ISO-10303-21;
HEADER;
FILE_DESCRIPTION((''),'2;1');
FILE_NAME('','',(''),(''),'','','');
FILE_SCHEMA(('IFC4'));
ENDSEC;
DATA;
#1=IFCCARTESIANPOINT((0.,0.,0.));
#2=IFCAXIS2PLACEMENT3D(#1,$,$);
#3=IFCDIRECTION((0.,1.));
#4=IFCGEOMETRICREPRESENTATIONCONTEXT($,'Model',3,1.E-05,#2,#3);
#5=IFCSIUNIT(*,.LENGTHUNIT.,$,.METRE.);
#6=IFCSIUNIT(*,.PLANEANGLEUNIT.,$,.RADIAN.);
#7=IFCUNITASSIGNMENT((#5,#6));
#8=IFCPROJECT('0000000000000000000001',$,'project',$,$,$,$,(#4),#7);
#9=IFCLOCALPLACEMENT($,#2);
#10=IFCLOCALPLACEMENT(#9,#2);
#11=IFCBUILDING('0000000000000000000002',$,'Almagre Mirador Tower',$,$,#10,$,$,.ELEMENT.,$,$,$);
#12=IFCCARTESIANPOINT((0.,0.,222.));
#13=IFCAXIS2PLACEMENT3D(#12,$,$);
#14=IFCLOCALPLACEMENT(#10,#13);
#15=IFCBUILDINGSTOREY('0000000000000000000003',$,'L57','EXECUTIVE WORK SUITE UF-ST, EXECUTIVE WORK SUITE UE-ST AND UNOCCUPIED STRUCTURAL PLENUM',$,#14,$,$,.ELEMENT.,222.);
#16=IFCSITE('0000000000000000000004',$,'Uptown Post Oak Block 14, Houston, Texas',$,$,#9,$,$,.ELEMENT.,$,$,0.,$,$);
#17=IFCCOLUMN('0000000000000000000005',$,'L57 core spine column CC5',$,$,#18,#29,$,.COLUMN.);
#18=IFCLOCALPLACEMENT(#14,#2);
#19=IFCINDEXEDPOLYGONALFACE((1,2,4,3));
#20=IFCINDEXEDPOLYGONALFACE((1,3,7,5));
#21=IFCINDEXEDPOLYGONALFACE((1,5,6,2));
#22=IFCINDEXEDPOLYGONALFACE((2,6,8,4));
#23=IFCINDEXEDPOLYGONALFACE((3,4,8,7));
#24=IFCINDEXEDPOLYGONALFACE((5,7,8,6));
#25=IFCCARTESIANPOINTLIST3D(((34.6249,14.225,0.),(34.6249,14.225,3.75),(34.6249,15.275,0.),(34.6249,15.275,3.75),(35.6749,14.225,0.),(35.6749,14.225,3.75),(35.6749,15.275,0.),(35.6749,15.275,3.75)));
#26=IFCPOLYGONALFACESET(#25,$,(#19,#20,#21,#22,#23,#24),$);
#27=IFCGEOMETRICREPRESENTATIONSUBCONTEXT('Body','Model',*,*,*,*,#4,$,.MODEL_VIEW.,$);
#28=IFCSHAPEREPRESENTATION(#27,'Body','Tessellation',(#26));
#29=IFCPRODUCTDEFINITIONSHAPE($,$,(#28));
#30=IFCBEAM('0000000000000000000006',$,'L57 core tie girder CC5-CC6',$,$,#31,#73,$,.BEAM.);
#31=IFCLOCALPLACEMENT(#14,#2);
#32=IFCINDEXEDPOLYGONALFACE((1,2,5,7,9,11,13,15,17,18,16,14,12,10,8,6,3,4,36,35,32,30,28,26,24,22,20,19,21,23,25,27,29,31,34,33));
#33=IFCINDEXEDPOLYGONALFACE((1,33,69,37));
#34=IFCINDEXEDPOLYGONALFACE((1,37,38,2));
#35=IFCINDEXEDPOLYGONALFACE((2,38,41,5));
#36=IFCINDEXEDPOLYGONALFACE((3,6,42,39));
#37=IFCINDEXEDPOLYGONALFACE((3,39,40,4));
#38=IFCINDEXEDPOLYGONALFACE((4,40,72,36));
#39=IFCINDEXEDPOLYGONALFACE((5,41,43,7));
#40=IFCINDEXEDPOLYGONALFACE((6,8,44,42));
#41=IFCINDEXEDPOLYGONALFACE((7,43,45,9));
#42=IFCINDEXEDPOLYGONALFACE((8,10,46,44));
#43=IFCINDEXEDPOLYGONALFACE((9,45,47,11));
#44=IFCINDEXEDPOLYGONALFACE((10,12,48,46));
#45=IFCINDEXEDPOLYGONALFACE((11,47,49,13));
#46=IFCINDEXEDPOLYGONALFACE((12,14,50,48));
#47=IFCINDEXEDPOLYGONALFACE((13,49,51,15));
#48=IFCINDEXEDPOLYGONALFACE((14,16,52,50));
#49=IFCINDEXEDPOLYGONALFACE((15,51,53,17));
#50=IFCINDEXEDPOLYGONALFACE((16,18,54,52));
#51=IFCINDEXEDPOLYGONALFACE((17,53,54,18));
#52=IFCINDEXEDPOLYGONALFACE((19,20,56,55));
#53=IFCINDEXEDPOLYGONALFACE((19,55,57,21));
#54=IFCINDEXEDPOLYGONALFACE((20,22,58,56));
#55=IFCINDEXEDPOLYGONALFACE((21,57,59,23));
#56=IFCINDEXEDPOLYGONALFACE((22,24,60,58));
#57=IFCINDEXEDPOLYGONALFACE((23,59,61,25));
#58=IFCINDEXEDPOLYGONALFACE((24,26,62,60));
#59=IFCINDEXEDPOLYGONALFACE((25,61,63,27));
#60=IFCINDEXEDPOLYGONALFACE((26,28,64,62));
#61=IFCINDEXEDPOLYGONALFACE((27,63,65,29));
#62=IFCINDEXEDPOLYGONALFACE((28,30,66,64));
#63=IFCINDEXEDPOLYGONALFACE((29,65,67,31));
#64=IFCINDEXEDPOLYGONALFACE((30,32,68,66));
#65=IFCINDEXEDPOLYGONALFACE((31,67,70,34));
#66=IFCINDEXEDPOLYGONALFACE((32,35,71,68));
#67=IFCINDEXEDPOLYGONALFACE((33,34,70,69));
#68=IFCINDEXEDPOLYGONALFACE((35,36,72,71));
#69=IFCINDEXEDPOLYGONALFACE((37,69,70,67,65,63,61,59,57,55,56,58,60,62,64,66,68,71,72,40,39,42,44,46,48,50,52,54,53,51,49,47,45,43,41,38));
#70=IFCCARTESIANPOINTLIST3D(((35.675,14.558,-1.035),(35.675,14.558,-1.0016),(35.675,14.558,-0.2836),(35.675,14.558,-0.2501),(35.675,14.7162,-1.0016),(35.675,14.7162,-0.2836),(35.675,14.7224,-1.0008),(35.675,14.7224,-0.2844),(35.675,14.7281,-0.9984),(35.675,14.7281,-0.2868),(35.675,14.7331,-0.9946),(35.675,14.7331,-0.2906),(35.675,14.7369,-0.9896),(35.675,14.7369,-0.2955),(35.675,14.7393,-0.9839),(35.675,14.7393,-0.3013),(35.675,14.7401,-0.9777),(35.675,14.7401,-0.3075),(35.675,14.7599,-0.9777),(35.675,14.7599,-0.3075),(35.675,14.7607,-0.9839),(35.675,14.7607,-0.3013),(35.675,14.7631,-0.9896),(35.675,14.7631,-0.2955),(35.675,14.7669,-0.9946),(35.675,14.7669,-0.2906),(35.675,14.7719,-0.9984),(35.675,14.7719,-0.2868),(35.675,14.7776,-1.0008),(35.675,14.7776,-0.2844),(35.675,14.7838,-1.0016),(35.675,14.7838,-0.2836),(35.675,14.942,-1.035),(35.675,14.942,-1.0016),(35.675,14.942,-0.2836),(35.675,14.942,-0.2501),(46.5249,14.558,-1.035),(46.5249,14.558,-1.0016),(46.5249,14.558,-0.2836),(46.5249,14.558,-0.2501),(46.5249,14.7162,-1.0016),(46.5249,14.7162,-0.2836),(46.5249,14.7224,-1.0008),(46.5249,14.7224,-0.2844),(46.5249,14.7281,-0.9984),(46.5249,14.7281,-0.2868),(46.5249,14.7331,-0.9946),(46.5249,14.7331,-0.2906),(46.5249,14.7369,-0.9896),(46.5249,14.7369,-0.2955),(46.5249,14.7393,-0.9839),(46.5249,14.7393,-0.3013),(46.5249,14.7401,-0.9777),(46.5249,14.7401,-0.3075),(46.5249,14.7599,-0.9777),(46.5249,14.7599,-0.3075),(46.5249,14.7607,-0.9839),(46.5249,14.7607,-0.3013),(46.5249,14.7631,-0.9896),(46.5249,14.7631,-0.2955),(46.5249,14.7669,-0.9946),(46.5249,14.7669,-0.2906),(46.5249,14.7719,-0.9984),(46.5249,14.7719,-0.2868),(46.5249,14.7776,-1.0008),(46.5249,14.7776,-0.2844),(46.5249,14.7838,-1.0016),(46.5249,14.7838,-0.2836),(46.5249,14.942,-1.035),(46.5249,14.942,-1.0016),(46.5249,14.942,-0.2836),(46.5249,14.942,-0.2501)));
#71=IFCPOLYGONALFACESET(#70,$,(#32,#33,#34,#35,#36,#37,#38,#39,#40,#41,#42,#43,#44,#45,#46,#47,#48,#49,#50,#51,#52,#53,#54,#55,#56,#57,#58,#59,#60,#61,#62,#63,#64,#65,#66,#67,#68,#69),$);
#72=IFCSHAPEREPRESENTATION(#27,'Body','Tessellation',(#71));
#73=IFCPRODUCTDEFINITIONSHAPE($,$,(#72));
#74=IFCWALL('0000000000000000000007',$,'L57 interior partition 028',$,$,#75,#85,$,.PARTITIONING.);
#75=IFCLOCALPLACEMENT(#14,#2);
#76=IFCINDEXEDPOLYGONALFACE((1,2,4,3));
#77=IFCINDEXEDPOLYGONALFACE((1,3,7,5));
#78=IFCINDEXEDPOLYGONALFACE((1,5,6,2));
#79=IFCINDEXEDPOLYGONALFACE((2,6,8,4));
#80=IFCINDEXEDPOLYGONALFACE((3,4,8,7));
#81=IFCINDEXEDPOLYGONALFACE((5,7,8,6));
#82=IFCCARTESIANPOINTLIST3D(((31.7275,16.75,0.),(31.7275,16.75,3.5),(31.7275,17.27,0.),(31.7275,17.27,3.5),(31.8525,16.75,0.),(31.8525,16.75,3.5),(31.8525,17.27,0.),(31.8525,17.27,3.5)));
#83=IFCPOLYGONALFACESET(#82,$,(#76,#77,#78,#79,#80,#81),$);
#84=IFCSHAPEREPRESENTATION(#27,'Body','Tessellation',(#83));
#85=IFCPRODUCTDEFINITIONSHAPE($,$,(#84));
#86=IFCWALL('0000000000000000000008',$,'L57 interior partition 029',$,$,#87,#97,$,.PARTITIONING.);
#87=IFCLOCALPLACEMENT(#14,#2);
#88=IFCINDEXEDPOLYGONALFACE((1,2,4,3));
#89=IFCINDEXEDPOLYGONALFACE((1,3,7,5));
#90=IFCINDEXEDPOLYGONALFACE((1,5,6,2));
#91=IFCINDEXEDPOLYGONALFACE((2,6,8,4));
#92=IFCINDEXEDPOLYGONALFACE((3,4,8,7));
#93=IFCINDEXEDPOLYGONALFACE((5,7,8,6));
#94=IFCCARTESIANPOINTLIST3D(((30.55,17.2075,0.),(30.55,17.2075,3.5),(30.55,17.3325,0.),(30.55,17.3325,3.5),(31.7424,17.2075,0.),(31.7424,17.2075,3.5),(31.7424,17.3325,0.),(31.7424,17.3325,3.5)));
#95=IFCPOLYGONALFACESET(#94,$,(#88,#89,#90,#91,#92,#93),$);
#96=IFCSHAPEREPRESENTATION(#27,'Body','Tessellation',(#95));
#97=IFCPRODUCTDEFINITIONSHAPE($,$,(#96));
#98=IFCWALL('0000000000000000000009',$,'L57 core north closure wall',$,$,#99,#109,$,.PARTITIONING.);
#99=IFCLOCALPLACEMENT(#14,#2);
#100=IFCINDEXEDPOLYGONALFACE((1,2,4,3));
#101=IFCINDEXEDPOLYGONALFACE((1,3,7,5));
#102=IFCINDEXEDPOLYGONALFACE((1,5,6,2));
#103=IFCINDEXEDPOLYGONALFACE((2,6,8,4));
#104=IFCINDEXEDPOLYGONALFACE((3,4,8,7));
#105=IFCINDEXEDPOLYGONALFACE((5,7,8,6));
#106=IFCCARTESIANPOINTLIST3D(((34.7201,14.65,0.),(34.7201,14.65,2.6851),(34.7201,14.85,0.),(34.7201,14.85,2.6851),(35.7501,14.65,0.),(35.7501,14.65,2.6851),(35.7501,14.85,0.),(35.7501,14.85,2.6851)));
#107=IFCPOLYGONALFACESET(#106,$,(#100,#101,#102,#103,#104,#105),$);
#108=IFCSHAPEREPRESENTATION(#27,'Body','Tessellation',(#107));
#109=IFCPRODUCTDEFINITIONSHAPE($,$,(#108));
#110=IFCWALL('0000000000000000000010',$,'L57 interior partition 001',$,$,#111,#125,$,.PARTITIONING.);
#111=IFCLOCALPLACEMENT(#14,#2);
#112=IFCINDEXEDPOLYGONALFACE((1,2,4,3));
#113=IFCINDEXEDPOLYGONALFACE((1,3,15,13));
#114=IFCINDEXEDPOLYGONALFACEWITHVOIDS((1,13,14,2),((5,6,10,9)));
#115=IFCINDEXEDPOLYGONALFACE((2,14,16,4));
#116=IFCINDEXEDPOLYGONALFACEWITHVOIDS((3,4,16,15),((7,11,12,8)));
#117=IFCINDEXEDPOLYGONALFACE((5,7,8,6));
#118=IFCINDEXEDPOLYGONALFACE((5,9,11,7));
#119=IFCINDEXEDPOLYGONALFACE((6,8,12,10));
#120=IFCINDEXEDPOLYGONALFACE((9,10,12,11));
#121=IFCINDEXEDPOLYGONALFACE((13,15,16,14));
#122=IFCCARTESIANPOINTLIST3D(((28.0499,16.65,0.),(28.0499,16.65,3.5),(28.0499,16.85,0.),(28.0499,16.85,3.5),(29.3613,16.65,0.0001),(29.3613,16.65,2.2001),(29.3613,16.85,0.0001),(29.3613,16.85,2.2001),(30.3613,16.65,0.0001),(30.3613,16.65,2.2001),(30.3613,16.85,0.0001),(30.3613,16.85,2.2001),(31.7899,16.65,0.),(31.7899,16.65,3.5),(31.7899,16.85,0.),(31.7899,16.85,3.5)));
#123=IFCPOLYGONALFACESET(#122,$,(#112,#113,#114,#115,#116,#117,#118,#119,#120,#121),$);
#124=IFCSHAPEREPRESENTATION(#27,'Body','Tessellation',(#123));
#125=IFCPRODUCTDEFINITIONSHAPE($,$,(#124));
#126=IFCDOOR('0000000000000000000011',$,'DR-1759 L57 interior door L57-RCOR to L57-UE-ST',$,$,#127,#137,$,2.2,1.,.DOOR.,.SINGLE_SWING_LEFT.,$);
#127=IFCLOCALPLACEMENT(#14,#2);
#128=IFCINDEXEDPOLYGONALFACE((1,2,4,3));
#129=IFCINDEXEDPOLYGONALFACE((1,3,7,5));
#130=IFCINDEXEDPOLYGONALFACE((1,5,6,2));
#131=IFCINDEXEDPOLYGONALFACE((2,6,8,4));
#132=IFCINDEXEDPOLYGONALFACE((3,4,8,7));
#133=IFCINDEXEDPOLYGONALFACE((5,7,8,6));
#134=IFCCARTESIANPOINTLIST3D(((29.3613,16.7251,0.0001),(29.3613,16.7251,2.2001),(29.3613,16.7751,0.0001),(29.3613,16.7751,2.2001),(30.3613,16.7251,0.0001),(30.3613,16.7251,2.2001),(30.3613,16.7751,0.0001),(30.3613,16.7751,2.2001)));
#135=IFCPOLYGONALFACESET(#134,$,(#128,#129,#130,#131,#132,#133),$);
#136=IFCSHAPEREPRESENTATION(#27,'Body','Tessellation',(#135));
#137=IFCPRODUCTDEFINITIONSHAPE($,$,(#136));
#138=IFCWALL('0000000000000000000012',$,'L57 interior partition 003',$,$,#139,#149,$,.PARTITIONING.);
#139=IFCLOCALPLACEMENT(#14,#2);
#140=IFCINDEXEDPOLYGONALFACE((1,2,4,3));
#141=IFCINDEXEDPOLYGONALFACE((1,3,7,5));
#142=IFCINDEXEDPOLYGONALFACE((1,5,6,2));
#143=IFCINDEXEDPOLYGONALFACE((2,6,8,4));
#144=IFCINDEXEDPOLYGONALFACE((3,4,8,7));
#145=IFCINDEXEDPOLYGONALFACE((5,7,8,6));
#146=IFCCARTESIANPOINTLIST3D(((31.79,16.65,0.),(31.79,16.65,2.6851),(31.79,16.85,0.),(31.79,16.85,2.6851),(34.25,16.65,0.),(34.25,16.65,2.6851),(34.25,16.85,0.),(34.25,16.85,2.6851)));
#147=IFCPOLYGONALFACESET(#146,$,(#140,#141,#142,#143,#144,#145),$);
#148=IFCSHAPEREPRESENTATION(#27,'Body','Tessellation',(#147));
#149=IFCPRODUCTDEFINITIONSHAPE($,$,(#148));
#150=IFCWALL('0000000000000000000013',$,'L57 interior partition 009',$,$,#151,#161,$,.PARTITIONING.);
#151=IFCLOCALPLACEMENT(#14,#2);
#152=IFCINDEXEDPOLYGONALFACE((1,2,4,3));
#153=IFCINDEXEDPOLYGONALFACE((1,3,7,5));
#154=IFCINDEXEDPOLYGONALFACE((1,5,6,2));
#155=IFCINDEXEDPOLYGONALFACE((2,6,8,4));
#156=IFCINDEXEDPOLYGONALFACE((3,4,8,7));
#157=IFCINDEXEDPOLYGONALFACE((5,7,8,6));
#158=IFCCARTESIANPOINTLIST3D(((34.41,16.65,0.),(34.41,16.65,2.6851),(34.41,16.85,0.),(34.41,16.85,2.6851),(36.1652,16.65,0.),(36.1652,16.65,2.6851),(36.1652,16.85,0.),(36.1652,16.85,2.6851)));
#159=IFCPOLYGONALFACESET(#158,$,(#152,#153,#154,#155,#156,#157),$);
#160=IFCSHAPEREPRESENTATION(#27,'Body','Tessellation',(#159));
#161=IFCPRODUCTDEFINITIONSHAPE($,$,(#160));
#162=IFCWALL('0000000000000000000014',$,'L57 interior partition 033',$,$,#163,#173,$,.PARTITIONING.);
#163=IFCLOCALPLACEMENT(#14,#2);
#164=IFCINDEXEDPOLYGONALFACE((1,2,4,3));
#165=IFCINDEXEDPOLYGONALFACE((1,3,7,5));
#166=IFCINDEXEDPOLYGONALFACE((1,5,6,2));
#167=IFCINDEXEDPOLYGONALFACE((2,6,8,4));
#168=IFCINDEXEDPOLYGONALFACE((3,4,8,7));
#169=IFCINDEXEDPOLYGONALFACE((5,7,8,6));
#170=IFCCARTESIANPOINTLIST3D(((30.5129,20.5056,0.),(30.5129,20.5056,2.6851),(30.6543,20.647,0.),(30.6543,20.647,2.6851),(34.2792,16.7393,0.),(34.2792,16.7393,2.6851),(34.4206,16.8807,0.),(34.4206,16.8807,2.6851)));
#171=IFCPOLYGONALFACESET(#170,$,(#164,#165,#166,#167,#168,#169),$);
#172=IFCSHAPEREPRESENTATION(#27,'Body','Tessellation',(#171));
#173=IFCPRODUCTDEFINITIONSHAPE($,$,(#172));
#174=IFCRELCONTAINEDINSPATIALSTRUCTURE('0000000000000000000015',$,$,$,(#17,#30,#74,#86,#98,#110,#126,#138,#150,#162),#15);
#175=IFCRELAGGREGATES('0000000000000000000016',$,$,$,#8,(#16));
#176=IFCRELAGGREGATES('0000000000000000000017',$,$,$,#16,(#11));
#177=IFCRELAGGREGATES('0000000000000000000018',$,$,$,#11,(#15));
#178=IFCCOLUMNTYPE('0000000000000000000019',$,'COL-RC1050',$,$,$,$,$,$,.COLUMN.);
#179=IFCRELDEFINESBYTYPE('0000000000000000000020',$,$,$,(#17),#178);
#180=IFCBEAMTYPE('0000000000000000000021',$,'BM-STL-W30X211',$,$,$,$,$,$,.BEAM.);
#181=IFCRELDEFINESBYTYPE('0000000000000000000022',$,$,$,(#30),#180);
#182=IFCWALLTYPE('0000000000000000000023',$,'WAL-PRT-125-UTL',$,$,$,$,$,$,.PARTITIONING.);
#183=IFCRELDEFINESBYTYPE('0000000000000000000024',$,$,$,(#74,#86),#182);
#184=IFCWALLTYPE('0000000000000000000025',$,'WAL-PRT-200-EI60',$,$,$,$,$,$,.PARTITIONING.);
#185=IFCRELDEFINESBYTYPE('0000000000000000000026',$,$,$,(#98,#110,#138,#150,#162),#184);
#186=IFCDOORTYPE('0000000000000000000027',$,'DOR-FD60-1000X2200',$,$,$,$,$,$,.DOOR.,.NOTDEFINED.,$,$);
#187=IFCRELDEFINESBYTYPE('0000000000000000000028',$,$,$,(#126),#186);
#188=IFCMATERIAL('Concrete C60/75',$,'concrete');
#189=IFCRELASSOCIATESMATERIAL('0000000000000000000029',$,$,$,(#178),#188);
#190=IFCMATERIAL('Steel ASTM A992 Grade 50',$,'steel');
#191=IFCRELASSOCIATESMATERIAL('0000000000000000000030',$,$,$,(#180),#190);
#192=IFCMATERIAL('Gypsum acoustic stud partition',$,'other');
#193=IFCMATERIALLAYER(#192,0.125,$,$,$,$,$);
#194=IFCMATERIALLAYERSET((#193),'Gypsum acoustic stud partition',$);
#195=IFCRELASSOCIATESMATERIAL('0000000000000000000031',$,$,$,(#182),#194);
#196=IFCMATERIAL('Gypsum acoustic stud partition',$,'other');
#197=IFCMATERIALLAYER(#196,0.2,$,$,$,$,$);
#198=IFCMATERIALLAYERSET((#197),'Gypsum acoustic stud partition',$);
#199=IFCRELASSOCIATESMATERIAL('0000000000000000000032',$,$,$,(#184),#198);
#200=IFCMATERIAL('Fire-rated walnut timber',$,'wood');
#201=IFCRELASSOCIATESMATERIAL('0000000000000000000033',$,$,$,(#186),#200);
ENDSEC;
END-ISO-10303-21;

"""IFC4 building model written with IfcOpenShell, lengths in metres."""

from ifc_helpers import new_model, si_unit, direction, frame, frame_2d, origin, origin_2d, place, context, subcontext, project, spatial, rectangle, i_section, extrude, material, layer, layer_set, material_profile, profile_set, type_object, element, fill, save


model = new_model("IFC4")

# Units and contexts
model_context = context("Model", 3, precision=1e-05, world=origin(), true_north=direction((0.0, 1.0)))
body_context = subcontext(model_context, "Body", "Model", "MODEL_VIEW")
ifc_project = project(units=[si_unit("LENGTHUNIT", "METRE"), si_unit("PLANEANGLEUNIT", "RADIAN")], contexts=[model_context])

# Site, building, storey
site_placement = place(None, origin())
site = spatial("IfcSite", under=ifc_project, at=site_placement, Name="Uptown Post Oak Block 14, Houston, Texas", CompositionType="ELEMENT", RefElevation=0.0)
building_placement = place(site_placement, origin())
building = spatial("IfcBuilding", under=site, at=building_placement, Name="Almagre Mirador Tower", CompositionType="ELEMENT")
storey_placement = place(building_placement, frame((0.0, 0.0, 222.0)))
storey = spatial("IfcBuildingStorey", under=building, at=storey_placement, Name="L57", Description="EXECUTIVE WORK SUITE UF-ST, EXECUTIVE WORK SUITE UE-ST AND UNOCCUPIED STRUCTURAL PLENUM", CompositionType="ELEMENT", Elevation=222.0)

# Column
ifc_material_1 = material(Name="Concrete C60/75", Category="concrete")
ifc_material_profile_1 = material_profile(ifc_material_1, rectangle(XDim=1.05, YDim=1.05, at=origin_2d()), Name="RC1050X1050")
ifc_profile_set_1 = profile_set([ifc_material_profile_1], Name="Concrete C60/75")
column_type = type_object("IfcColumnType", Name="COL-RC1050", PredefinedType="COLUMN", material=ifc_profile_set_1)
column_placement = place(storey_placement, frame((35.1499, 14.75, 0.0), z_axis=(0.0, 0.0, 1.0), x_axis=(1.0, 0.0, 0.0)))
element("IfcColumn", 1, at=column_placement, inside=storey, type_object=column_type, Name="L57 core spine column CC5", PredefinedType="COLUMN", context=body_context, shape_type="SweptSolid", body=[
    extrude(rectangle(XDim=1.05, YDim=1.05, at=origin_2d()), origin(), (0.0, 0.0, 1.0), 3.75),
])

# Beam
ifc_material_2 = material(Name="Steel ASTM A992 Grade 50", Category="steel")
ifc_material_profile_2 = material_profile(ifc_material_2, i_section(OverallWidth=0.384, OverallDepth=0.7849, WebThickness=0.0198, FlangeThickness=0.0334, FilletRadius=0.0239, at=origin_2d()), Name="W30X211")
ifc_profile_set_2 = profile_set([ifc_material_profile_2], Name="Steel ASTM A992 Grade 50")
beam_type = type_object("IfcBeamType", Name="BM-STL-W30X211", PredefinedType="BEAM", material=ifc_profile_set_2)
beam_placement = place(storey_placement, frame((35.675, 14.75, -0.6426), z_axis=(1.0, 0.0, 0.0), x_axis=(0.0, 1.0, 0.0)))
element("IfcBeam", 2, at=beam_placement, inside=storey, type_object=beam_type, Name="L57 core tie girder CC5-CC6", PredefinedType="BEAM", context=body_context, shape_type="SweptSolid", body=[
    extrude(i_section(OverallWidth=0.384, OverallDepth=0.7849, WebThickness=0.0198, FlangeThickness=0.0334, FilletRadius=0.0239, at=origin_2d()), origin(), (0.0, 0.0, 1.0), 10.8499),
])

# Walls
ifc_material_3 = material(Name="Gypsum acoustic stud partition", Category="other")
ifc_layer_1 = layer(ifc_material_3, 0.125)
ifc_layer_set_1 = layer_set([ifc_layer_1], Name="Gypsum acoustic stud partition")
wall_type_1 = type_object("IfcWallType", Name="WAL-PRT-125-UTL", PredefinedType="PARTITIONING", material=ifc_layer_set_1)
wall_1_placement = place(storey_placement, frame((31.79, 16.75, 0.0), z_axis=(0.0, 0.0, 1.0), x_axis=(0.0, 1.0, 0.0)))
element("IfcWall", 3, at=wall_1_placement, inside=storey, type_object=wall_type_1, Name="L57 interior partition 028", PredefinedType="PARTITIONING", context=body_context, shape_type="SweptSolid", body=[
    extrude(rectangle(XDim=0.52, YDim=0.125, at=frame_2d((0.26, 0.0))), origin(), (0.0, 0.0, 1.0), 3.5),
])
wall_2_placement = place(storey_placement, frame((31.7424, 17.27, 0.0), z_axis=(0.0, 0.0, 1.0), x_axis=(-1.0, 0.0, 0.0)))
element("IfcWall", 4, at=wall_2_placement, inside=storey, type_object=wall_type_1, Name="L57 interior partition 029", PredefinedType="PARTITIONING", context=body_context, shape_type="SweptSolid", body=[
    extrude(rectangle(XDim=1.1924, YDim=0.125, at=frame_2d((0.5962, 0.0))), origin(), (0.0, 0.0, 1.0), 3.5),
])
ifc_material_4 = material(Name="Gypsum acoustic stud partition", Category="other")
ifc_layer_2 = layer(ifc_material_4, 0.2)
ifc_layer_set_2 = layer_set([ifc_layer_2], Name="Gypsum acoustic stud partition")
wall_type_2 = type_object("IfcWallType", Name="WAL-PRT-200-EI60", PredefinedType="PARTITIONING", material=ifc_layer_set_2)
wall_3_placement = place(storey_placement, frame((34.72, 14.75, 0.0), z_axis=(0.0, 0.0, 1.0), x_axis=(1.0, 0.0, 0.0)))
element("IfcWall", 5, at=wall_3_placement, inside=storey, type_object=wall_type_2, Name="L57 core north closure wall", PredefinedType="PARTITIONING", context=body_context, shape_type="SweptSolid", body=[
    extrude(rectangle(XDim=1.03, YDim=0.2, at=frame_2d((0.5151, 0.0))), origin(), (0.0, 0.0, 1.0), 2.6851),
])

# Wall, opening, door
wall_4_placement = place(storey_placement, frame((31.79, 16.75, 0.0), z_axis=(0.0, 0.0, 1.0), x_axis=(-1.0, 0.0, 0.0)))
wall_4 = element("IfcWall", 6, at=wall_4_placement, inside=storey, type_object=wall_type_2, Name="L57 interior partition 001", PredefinedType="PARTITIONING", context=body_context, shape_type="SweptSolid", body=[
    extrude(rectangle(XDim=3.74, YDim=0.2, at=frame_2d((1.8701, 0.0))), origin(), (0.0, 0.0, 1.0), 3.5),
])
opening_1_placement = place(wall_4_placement, frame((1.4287, 0.0, 0.0)))
opening_1 = element("IfcOpeningElement", 7, at=opening_1_placement, cuts=wall_4, PredefinedType="OPENING", context=body_context, shape_type="SweptSolid", body=[
    extrude(rectangle(XDim=1.0, YDim=2.2, at=frame_2d((0.5, 1.1001))), frame((0.0, 0.1101, 0.0), z_axis=(0.0, -1.0, 0.0), x_axis=(1.0, 0.0, 0.0)), (0.0, 0.0, 1.0), 0.22),
])
ifc_material_5 = material(Name="Fire-rated walnut timber", Category="wood")
door_type_1 = type_object("IfcDoorType", Name="DOR-FD60-1000X2200", OperationType="NOTDEFINED", PredefinedType="DOOR", material=ifc_material_5)
door_1_placement = place(opening_1_placement, origin())
door_1 = element("IfcDoor", 8, at=door_1_placement, inside=storey, type_object=door_type_1, Name="DR-1759 L57 interior door L57-RCOR to L57-UE-ST", OperationType="SINGLE_SWING_LEFT", OverallHeight=2.2, OverallWidth=1.0, PredefinedType="DOOR", context=body_context, shape_type="SweptSolid", body=[
    extrude(rectangle(XDim=1.0, YDim=2.2, at=frame_2d((0.5, 1.1001))), frame((0.0, 0.0249, 0.0), z_axis=(0.0, -1.0, 0.0), x_axis=(1.0, 0.0, 0.0)), (0.0, 0.0, 1.0), 0.05),
])
fill(opening_1, door_1)

# Walls
wall_5_placement = place(storey_placement, frame((34.25, 16.75, 0.0), z_axis=(0.0, 0.0, 1.0), x_axis=(-1.0, 0.0, 0.0)))
element("IfcWall", 9, at=wall_5_placement, inside=storey, type_object=wall_type_2, Name="L57 interior partition 003", PredefinedType="PARTITIONING", context=body_context, shape_type="SweptSolid", body=[
    extrude(rectangle(XDim=2.46, YDim=0.2, at=frame_2d((1.23, 0.0))), origin(), (0.0, 0.0, 1.0), 2.6851),
])
wall_6_placement = place(storey_placement, frame((36.165, 16.75, 0.0), z_axis=(0.0, 0.0, 1.0), x_axis=(-1.0, 0.0, 0.0)))
element("IfcWall", 10, at=wall_6_placement, inside=storey, type_object=wall_type_2, Name="L57 interior partition 009", PredefinedType="PARTITIONING", context=body_context, shape_type="SweptSolid", body=[
    extrude(rectangle(XDim=1.7551, YDim=0.2, at=frame_2d((0.8774, 0.0))), origin(), (0.0, 0.0, 1.0), 2.6851),
])
wall_7_placement = place(storey_placement, frame((34.3499, 16.8101, 0.0), z_axis=(0.0, 0.0, 1.0), x_axis=(-0.707107, 0.707107, 0.0)))
element("IfcWall", 11, at=wall_7_placement, inside=storey, type_object=wall_type_2, Name="L57 interior partition 033", PredefinedType="PARTITIONING", context=body_context, shape_type="SweptSolid", body=[
    extrude(rectangle(XDim=5.3264, YDim=0.2, at=frame_2d((2.6631, 0.0))), origin(), (0.0, 0.0, 1.0), 2.6851),
])

save(model, "model.ifc")
